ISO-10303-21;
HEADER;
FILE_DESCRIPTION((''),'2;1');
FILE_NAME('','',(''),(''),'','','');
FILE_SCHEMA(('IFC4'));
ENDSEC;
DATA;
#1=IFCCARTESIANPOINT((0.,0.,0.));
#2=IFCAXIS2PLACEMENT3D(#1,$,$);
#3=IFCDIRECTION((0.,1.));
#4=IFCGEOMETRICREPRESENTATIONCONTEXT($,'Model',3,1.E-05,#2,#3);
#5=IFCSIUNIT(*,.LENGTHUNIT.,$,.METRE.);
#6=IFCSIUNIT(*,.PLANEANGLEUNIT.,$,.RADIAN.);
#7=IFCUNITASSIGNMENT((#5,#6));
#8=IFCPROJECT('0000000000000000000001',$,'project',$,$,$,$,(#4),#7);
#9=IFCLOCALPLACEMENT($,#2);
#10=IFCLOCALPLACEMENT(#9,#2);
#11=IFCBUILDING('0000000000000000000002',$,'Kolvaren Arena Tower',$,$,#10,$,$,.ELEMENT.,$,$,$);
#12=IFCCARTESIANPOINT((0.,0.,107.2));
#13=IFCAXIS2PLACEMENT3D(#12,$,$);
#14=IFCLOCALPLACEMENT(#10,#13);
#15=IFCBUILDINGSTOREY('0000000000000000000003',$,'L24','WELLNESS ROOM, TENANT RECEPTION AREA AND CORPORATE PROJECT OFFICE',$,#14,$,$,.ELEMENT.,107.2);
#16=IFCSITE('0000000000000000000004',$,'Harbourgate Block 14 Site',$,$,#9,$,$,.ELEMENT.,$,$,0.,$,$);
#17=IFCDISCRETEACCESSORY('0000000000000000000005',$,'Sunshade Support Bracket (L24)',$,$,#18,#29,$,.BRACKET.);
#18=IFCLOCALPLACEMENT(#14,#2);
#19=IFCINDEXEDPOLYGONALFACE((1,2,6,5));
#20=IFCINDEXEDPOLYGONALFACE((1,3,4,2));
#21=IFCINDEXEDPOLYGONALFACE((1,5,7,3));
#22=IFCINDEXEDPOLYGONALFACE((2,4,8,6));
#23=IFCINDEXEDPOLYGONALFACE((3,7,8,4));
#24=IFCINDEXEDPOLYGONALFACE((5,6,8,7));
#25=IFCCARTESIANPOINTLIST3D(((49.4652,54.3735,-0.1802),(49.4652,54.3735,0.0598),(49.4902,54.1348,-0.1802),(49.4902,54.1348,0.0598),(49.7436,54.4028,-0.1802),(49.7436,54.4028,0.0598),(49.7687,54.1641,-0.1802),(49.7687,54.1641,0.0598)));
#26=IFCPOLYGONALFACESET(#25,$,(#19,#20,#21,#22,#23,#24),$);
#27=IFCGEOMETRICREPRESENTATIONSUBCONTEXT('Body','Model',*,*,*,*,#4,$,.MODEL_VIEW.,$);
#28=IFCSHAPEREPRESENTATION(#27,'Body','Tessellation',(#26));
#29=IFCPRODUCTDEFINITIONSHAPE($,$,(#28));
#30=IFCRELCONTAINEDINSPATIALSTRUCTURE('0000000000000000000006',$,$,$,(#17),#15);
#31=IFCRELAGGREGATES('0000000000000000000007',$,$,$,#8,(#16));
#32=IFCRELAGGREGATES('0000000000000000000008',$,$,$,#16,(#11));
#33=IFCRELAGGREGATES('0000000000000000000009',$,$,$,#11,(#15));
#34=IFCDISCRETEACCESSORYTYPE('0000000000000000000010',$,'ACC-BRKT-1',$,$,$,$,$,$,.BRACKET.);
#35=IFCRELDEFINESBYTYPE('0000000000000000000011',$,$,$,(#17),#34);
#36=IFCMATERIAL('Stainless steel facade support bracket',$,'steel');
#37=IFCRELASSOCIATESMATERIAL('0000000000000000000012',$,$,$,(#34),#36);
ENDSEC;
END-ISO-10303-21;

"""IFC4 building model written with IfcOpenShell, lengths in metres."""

from ifc_helpers import new_model, si_unit, direction, frame, origin, origin_2d, place, context, subcontext, project, spatial, rectangle, extrude, material, type_object, element, save


model = new_model("IFC4")

# Units and contexts
model_context = context("Model", 3, precision=1e-05, world=origin(), true_north=direction((0.0, 1.0)))
body_context = subcontext(model_context, "Body", "Model", "MODEL_VIEW")
ifc_project = project(units=[si_unit("LENGTHUNIT", "METRE"), si_unit("PLANEANGLEUNIT", "RADIAN")], contexts=[model_context])

# Site, building, storey
site_placement = place(None, origin())
site = spatial("IfcSite", under=ifc_project, at=site_placement, Name="Harbourgate Block 14 Site", CompositionType="ELEMENT", RefElevation=0.0)
building_placement = place(site_placement, origin())
building = spatial("IfcBuilding", under=site, at=building_placement, Name="Kolvaren Arena Tower", CompositionType="ELEMENT")
storey_placement = place(building_placement, frame((0.0, 0.0, 107.2)))
storey = spatial("IfcBuildingStorey", under=building, at=storey_placement, Name="L24", Description="WELLNESS ROOM, TENANT RECEPTION AREA AND CORPORATE PROJECT OFFICE", CompositionType="ELEMENT", Elevation=107.2)

# Discrete accessory
ifc_material_1 = material(Name="Stainless steel facade support bracket", Category="steel")
discrete_accessory_type = type_object("IfcDiscreteAccessoryType", Name="ACC-BRKT-1", PredefinedType="BRACKET", material=ifc_material_1)
for number, where, z_axis, x_axis, name in (
    (1, (49.6169, 54.2688, -0.1802), (0.0, 0.0, 1.0), (0.994522, 0.104527, 0.0), "Sunshade Support Bracket (L24)"),
):
    element("IfcDiscreteAccessory", number, at=place(storey_placement, frame(where, z_axis=z_axis, x_axis=x_axis)), inside=storey, type_object=discrete_accessory_type, Name=name, PredefinedType="BRACKET", context=body_context, shape_type="SweptSolid", body=[
        extrude(rectangle(XDim=0.28, YDim=0.24, at=origin_2d()), origin(), (0.0, 0.0, 1.0), 0.24),
    ])

save(model, "model.ifc")
